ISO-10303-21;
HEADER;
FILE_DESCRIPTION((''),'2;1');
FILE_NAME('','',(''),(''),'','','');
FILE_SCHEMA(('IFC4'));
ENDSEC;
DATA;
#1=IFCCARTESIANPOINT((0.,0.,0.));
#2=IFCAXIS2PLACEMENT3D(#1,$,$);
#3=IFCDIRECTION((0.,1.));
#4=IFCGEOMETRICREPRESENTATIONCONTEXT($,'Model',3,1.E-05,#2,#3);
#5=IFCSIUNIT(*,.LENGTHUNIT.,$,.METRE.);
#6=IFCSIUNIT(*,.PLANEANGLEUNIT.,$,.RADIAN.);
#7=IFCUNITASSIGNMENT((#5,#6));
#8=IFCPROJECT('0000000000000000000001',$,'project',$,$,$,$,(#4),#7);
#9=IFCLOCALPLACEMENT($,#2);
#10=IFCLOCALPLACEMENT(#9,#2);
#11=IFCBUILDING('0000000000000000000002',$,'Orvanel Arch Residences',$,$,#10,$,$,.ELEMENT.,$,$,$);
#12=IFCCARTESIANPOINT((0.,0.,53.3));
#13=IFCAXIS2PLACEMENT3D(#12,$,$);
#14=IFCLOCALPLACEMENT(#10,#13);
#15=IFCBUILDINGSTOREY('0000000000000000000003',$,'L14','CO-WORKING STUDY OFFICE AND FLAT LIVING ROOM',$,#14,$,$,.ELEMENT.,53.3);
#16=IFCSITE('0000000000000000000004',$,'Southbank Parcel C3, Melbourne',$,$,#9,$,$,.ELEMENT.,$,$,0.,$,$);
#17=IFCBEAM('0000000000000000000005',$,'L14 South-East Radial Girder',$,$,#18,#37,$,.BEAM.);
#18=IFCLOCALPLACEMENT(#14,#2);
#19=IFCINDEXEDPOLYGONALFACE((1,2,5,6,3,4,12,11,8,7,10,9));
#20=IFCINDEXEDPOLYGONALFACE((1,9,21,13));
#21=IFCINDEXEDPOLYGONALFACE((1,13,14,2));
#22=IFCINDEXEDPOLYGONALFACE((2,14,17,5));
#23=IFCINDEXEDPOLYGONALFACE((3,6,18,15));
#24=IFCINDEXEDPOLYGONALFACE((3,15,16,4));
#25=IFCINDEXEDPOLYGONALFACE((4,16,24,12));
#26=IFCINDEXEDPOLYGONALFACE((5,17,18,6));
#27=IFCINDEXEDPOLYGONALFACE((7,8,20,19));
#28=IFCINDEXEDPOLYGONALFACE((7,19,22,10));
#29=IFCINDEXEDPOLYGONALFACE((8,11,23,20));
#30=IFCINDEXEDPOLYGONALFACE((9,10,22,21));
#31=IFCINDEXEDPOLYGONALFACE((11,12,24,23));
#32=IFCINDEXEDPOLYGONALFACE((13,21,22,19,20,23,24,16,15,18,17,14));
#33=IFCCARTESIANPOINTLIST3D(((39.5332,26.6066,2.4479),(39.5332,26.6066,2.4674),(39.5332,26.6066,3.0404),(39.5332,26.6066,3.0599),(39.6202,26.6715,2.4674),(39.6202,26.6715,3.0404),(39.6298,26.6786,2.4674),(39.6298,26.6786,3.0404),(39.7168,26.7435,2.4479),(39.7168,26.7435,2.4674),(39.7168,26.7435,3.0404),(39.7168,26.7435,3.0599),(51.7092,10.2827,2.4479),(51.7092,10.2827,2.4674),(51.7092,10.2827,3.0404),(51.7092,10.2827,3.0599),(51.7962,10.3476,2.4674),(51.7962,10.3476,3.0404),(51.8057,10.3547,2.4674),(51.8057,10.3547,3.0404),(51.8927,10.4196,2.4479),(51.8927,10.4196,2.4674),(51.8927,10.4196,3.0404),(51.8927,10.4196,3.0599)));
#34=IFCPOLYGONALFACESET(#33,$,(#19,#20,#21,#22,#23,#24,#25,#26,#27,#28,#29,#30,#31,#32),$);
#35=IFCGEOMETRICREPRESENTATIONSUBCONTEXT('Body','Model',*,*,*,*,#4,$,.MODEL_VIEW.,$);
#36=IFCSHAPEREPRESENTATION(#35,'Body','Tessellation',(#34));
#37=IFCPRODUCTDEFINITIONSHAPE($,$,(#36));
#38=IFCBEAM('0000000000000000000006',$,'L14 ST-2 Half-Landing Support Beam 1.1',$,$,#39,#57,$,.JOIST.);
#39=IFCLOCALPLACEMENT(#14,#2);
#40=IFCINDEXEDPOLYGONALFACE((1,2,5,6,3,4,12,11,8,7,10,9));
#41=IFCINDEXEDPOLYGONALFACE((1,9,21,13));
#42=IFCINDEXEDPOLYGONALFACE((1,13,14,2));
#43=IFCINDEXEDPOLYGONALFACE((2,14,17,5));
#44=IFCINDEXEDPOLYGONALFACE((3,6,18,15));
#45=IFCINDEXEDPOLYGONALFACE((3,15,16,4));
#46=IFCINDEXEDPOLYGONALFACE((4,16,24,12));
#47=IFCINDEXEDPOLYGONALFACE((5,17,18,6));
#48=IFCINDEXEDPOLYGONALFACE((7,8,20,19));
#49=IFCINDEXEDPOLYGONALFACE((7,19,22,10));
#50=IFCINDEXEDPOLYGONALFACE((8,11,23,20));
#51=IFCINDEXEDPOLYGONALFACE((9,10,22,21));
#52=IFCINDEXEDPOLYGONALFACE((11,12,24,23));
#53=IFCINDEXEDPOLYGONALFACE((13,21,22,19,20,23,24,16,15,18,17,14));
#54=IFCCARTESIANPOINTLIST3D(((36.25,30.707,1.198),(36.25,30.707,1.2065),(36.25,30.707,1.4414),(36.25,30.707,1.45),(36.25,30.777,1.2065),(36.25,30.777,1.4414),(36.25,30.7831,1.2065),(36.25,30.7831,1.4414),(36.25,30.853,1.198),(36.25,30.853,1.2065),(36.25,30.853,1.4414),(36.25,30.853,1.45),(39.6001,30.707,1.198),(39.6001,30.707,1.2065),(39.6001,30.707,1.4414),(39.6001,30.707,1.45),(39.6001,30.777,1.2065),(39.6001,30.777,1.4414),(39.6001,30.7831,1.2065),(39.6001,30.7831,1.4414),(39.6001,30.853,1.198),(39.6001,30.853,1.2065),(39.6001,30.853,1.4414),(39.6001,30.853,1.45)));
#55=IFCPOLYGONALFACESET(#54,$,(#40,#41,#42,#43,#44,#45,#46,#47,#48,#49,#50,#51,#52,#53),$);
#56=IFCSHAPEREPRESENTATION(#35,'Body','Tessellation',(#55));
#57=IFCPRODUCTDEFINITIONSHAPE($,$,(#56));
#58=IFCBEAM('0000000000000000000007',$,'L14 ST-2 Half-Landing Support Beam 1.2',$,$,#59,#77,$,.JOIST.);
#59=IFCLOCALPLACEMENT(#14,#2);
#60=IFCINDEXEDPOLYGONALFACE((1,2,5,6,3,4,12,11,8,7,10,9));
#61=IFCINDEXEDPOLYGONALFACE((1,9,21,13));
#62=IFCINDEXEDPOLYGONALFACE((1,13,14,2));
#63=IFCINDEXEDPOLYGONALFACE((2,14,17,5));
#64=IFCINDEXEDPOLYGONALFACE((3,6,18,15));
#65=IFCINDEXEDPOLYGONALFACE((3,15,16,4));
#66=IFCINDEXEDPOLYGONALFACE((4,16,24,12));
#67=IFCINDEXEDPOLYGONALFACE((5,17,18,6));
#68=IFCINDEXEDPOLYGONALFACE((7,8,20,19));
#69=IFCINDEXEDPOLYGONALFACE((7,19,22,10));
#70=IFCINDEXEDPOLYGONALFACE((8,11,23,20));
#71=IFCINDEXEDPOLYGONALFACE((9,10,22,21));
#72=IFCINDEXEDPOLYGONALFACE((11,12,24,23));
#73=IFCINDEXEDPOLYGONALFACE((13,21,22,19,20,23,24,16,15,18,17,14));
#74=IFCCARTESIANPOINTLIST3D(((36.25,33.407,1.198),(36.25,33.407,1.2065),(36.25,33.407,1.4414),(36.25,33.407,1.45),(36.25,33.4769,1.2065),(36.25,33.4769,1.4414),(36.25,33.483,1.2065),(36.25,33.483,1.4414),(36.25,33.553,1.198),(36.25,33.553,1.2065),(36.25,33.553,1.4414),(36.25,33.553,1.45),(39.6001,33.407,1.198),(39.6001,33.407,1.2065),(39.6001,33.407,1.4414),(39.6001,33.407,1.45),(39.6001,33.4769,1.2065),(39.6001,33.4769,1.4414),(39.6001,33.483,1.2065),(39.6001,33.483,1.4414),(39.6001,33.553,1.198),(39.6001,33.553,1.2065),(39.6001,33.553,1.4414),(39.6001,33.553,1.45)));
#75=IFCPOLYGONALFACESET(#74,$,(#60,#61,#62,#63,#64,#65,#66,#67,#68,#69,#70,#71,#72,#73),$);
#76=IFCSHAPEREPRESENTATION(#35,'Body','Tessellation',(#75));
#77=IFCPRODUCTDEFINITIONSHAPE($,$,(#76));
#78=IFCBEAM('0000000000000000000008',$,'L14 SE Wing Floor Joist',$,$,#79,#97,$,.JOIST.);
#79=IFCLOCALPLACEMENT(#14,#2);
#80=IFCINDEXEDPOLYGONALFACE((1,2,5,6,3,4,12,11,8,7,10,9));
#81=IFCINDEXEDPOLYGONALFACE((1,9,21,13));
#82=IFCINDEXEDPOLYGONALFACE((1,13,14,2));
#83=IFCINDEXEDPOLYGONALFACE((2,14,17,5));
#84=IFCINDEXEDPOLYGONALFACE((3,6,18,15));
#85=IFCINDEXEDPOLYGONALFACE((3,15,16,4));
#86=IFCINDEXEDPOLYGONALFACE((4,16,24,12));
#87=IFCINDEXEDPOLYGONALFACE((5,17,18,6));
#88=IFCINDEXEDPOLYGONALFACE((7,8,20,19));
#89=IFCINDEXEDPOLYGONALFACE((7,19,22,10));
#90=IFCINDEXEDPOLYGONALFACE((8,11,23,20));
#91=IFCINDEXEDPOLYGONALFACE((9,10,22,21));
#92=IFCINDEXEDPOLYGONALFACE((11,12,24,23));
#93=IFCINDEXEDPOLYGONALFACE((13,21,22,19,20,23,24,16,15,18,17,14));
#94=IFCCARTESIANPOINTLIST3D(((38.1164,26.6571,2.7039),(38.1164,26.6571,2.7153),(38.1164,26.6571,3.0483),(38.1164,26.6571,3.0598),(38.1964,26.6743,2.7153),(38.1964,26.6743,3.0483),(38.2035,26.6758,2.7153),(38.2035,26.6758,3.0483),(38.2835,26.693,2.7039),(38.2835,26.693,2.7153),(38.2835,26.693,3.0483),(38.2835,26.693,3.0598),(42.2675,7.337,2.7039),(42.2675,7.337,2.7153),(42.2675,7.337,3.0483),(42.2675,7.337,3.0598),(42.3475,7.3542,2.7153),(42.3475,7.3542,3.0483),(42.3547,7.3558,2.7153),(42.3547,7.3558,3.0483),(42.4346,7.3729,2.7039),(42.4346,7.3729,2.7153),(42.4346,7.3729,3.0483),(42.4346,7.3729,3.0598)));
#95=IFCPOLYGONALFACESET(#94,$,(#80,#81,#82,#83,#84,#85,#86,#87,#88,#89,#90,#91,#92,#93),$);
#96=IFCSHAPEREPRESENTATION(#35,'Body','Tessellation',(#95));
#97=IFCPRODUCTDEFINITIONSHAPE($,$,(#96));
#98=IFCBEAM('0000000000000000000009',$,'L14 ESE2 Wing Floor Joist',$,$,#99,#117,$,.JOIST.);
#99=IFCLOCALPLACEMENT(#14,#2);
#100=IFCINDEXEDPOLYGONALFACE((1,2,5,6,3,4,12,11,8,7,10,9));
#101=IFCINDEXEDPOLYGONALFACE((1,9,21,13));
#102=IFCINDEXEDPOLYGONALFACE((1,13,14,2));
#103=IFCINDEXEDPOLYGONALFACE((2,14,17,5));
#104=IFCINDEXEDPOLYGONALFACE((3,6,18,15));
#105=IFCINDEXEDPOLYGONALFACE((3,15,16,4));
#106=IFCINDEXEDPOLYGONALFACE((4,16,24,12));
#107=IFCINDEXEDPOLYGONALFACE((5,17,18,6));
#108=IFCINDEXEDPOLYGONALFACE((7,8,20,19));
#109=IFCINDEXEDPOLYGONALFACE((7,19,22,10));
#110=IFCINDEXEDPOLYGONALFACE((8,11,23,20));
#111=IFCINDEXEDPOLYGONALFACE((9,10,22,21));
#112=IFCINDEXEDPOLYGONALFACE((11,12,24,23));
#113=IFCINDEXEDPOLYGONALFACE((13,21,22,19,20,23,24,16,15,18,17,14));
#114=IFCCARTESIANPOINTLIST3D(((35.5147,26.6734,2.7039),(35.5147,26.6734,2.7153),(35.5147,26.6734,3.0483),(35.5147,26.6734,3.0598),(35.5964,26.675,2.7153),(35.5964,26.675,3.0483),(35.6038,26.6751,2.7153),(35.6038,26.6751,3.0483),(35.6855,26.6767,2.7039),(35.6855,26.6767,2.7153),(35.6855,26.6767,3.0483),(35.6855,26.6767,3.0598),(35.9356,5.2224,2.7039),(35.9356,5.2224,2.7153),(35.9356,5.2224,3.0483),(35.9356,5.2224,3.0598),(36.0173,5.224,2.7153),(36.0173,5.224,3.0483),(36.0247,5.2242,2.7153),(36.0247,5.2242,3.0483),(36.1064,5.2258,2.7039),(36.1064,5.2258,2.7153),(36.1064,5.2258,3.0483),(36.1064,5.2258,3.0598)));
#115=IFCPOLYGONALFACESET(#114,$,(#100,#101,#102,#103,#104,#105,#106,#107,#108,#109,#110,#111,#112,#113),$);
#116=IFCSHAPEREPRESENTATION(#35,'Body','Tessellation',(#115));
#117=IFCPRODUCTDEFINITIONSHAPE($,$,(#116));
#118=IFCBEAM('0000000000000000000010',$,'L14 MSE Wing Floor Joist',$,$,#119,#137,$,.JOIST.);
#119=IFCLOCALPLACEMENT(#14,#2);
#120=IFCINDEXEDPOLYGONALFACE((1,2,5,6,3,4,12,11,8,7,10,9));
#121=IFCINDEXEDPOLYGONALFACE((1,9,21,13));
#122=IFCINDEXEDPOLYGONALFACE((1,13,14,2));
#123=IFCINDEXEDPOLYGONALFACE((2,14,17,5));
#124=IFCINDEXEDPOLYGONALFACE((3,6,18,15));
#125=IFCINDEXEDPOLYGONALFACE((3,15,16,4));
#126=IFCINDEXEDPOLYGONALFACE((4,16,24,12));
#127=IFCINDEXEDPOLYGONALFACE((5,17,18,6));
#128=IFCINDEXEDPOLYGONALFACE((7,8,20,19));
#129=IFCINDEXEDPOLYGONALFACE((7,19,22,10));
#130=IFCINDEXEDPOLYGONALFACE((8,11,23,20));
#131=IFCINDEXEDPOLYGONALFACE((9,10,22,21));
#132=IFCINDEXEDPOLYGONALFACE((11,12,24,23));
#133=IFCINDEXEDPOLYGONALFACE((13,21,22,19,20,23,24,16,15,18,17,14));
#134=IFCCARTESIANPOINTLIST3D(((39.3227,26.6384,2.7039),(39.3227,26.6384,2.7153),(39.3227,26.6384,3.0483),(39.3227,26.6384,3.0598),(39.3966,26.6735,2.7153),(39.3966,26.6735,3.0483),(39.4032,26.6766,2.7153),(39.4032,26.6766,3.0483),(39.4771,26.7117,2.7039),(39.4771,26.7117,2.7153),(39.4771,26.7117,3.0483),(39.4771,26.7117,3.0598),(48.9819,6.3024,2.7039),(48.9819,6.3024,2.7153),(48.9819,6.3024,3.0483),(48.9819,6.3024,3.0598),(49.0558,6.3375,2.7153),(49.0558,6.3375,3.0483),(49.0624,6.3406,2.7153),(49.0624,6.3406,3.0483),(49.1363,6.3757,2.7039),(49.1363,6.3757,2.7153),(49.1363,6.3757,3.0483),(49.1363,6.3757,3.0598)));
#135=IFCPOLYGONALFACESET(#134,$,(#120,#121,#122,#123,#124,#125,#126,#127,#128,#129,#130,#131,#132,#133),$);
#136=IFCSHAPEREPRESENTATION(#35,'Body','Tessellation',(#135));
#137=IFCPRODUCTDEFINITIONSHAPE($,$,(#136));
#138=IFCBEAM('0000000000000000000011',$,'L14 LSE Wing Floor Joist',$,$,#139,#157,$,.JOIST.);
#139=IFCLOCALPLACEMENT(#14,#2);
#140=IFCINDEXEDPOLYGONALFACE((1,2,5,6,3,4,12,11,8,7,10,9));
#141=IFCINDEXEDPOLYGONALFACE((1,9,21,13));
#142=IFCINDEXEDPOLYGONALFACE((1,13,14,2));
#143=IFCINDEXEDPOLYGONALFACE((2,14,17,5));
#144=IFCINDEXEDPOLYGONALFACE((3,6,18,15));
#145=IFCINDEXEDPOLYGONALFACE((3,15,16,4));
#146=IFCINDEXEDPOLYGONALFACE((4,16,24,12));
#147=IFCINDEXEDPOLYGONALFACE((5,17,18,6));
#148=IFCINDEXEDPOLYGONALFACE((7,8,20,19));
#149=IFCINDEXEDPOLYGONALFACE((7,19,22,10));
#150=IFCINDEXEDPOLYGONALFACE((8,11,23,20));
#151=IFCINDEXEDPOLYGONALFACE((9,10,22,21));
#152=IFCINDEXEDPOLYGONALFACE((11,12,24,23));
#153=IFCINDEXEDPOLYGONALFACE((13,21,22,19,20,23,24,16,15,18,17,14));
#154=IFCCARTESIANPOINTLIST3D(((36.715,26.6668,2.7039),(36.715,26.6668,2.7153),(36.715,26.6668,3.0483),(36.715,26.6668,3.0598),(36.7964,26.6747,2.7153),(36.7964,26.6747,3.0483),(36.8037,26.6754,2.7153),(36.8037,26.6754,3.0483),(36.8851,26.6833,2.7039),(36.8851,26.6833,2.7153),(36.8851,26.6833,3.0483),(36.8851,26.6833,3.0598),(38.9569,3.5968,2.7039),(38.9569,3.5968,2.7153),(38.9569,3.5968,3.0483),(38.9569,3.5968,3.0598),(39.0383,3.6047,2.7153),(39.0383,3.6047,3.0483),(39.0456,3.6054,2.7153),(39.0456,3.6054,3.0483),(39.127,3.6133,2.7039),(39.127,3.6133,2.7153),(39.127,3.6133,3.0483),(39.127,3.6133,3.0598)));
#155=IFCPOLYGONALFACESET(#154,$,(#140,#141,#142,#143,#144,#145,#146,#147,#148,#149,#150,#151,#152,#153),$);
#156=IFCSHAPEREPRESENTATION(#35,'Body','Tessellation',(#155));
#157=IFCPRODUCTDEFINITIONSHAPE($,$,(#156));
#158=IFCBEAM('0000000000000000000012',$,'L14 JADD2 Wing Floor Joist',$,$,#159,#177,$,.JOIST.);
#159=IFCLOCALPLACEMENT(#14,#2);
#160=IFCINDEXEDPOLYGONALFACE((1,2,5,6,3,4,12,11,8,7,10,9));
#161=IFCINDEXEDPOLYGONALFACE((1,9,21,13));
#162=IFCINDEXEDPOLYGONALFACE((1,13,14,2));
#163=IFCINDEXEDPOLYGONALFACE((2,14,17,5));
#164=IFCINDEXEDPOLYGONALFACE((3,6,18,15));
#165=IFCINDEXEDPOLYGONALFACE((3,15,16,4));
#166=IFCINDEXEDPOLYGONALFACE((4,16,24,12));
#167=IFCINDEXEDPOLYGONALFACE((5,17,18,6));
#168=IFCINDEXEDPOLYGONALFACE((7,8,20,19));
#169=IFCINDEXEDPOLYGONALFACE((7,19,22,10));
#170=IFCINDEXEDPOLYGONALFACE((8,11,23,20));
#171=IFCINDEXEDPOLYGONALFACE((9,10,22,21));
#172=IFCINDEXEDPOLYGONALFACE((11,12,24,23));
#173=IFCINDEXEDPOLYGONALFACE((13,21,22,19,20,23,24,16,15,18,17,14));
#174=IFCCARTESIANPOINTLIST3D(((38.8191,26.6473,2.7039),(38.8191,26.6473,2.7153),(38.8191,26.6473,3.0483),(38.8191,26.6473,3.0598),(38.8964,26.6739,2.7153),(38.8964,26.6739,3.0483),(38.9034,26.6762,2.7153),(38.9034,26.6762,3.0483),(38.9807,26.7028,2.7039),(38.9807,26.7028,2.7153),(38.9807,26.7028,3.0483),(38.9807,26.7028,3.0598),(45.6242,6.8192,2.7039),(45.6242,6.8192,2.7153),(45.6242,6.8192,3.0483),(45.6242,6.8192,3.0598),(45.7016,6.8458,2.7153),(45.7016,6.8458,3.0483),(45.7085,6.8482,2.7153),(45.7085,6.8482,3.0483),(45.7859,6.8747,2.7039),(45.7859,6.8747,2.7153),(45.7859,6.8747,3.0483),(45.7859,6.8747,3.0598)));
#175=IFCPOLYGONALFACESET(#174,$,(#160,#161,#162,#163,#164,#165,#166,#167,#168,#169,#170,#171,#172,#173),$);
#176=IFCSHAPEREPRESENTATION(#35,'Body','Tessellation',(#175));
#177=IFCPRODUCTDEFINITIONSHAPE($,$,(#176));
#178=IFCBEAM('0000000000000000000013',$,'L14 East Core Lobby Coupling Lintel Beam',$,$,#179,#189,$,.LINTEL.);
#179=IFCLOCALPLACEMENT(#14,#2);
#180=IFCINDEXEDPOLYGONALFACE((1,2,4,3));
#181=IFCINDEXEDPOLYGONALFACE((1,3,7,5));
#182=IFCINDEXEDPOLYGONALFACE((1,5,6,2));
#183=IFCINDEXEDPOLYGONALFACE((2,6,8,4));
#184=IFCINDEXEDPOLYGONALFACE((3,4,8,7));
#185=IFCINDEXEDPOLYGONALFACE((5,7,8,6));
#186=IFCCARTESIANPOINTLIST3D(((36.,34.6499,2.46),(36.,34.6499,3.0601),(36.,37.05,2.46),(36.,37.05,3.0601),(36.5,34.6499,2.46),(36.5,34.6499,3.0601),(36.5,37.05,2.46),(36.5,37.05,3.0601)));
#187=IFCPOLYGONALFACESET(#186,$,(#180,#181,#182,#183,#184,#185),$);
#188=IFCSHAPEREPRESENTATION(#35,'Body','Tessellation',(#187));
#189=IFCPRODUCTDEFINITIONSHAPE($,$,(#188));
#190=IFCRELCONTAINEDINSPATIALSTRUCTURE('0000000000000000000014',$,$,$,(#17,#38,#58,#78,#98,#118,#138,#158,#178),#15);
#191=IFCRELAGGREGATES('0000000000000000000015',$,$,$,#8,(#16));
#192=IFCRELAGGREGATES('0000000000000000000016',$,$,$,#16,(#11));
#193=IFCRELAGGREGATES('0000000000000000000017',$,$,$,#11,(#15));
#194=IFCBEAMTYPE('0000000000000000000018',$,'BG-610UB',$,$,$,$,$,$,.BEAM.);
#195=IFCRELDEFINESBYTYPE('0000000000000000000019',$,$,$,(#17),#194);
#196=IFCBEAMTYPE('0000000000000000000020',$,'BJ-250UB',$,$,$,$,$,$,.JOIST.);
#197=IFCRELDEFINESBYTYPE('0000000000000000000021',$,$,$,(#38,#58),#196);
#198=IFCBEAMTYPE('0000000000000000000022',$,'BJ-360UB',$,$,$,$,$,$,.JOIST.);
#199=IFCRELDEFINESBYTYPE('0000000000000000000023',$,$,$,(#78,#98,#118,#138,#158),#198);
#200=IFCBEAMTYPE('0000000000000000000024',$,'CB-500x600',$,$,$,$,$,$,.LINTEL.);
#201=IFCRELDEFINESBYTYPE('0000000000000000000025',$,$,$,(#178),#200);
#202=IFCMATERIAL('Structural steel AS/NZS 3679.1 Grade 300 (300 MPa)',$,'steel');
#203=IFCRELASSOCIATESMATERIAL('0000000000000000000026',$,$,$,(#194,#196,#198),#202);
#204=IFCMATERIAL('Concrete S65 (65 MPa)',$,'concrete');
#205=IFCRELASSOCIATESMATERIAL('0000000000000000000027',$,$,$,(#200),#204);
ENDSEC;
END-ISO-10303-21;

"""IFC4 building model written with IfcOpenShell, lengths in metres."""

from ifc_helpers import new_model, si_unit, direction, frame, origin, origin_2d, place, context, subcontext, project, spatial, rectangle, i_section, extrude, material, material_profile, profile_set, type_object, element, save


model = new_model("IFC4")

# Units and contexts
model_context = context("Model", 3, precision=1e-05, world=origin(), true_north=direction((0.0, 1.0)))
body_context = subcontext(model_context, "Body", "Model", "MODEL_VIEW")
ifc_project = project(units=[si_unit("LENGTHUNIT", "METRE"), si_unit("PLANEANGLEUNIT", "RADIAN")], contexts=[model_context])

# Site, building, storey
site_placement = place(None, origin())
site = spatial("IfcSite", under=ifc_project, at=site_placement, Name="Southbank Parcel C3, Melbourne", CompositionType="ELEMENT", RefElevation=0.0)
building_placement = place(site_placement, origin())
building = spatial("IfcBuilding", under=site, at=building_placement, Name="Orvanel Arch Residences", CompositionType="ELEMENT")
storey_placement = place(building_placement, frame((0.0, 0.0, 53.3)))
storey = spatial("IfcBuildingStorey", under=building, at=storey_placement, Name="L14", Description="CO-WORKING STUDY OFFICE AND FLAT LIVING ROOM", CompositionType="ELEMENT", Elevation=53.3)

# Beams
ifc_material_1 = material(Name="Structural steel AS/NZS 3679.1 Grade 300 (300 MPa)", Category="steel")
ifc_material_profile_1 = material_profile(ifc_material_1, i_section(OverallWidth=0.229, OverallDepth=0.6121, WebThickness=0.012, FlangeThickness=0.0195, at=origin_2d()), Name="610UB125")
ifc_profile_set_1 = profile_set([ifc_material_profile_1], Name="Structural steel AS/NZS 3679.1 Grade 300 (300 MPa)")
beam_type_1 = type_object("IfcBeamType", Name="BG-610UB", PredefinedType="BEAM", material=ifc_profile_set_1)
beam_1_placement = place(storey_placement, frame((39.625, 26.675, 2.7539), z_axis=(0.597894, -0.801575, 0.0), x_axis=(0.801575, 0.597894, 0.0)))
element("IfcBeam", 1, at=beam_1_placement, inside=storey, type_object=beam_type_1, Name="L14 South-East Radial Girder", PredefinedType="BEAM", context=body_context, shape_type="SweptSolid", body=[
    extrude(i_section(OverallWidth=0.229, OverallDepth=0.6121, WebThickness=0.012, FlangeThickness=0.0195, at=origin_2d()), origin(), (0.0, 0.0, 1.0), 20.3647),
])
ifc_material_profile_2 = material_profile(ifc_material_1, i_section(OverallWidth=0.146, OverallDepth=0.252, WebThickness=0.0061, FlangeThickness=0.0085, at=origin_2d()), Name="250UB31.4")
ifc_profile_set_2 = profile_set([ifc_material_profile_2], Name="Structural steel AS/NZS 3679.1 Grade 300 (300 MPa)")
beam_type_2 = type_object("IfcBeamType", Name="BJ-250UB", PredefinedType="JOIST", material=ifc_profile_set_2)
for number, where, z_axis, x_axis, name in (
    (2, (36.25, 30.78, 1.324), (1.0, 0.0, 0.0), (0.0, 1.0, 0.0), "L14 ST-2 Half-Landing Support Beam 1.1"),
    (3, (36.25, 33.48, 1.324), (1.0, 0.0, 0.0), (0.0, 1.0, 0.0), "L14 ST-2 Half-Landing Support Beam 1.2"),
):
    element("IfcBeam", number, at=place(storey_placement, frame(where, z_axis=z_axis, x_axis=x_axis)), inside=storey, type_object=beam_type_2, Name=name, PredefinedType="JOIST", context=body_context, shape_type="SweptSolid", body=[
        extrude(i_section(OverallWidth=0.146, OverallDepth=0.252, WebThickness=0.0061, FlangeThickness=0.0085, at=origin_2d()), origin(), (0.0, 0.0, 1.0), 3.3501),
    ])
ifc_material_profile_3 = material_profile(ifc_material_1, i_section(OverallWidth=0.1709, OverallDepth=0.356, WebThickness=0.0073, FlangeThickness=0.0115, at=origin_2d()), Name="360UB50.7")
ifc_profile_set_3 = profile_set([ifc_material_profile_3], Name="Structural steel AS/NZS 3679.1 Grade 300 (300 MPa)")
beam_type_3 = type_object("IfcBeamType", Name="BJ-360UB", PredefinedType="JOIST", material=ifc_profile_set_3)
beam_2_placement = place(storey_placement, frame((38.2, 26.675, 2.8818), z_axis=(0.210067, -0.977687, 0.0), x_axis=(0.977687, 0.210067, 0.0)))
element("IfcBeam", 4, at=beam_2_placement, inside=storey, type_object=beam_type_3, Name="L14 SE Wing Floor Joist", PredefinedType="JOIST", context=body_context, shape_type="SweptSolid", body=[
    extrude(i_section(OverallWidth=0.1709, OverallDepth=0.356, WebThickness=0.0073, FlangeThickness=0.0115, at=origin_2d()), origin(), (0.0, 0.0, 1.0), 19.761),
])
beam_3_placement = place(storey_placement, frame((35.6001, 26.675, 2.8818), z_axis=(0.019618, -0.999808, 0.0), x_axis=(0.999808, 0.019618, 0.0)))
element("IfcBeam", 5, at=beam_3_placement, inside=storey, type_object=beam_type_3, Name="L14 ESE2 Wing Floor Joist", PredefinedType="JOIST", context=body_context, shape_type="SweptSolid", body=[
    extrude(i_section(OverallWidth=0.1709, OverallDepth=0.356, WebThickness=0.0073, FlangeThickness=0.0115, at=origin_2d()), origin(), (0.0, 0.0, 1.0), 21.4551),
])
beam_4_placement = place(storey_placement, frame((39.3999, 26.675, 2.8818), z_axis=(0.429043, -0.903284, 0.0), x_axis=(0.903284, 0.429043, 0.0)))
element("IfcBeam", 6, at=beam_4_placement, inside=storey, type_object=beam_type_3, Name="L14 MSE Wing Floor Joist", PredefinedType="JOIST", context=body_context, shape_type="SweptSolid", body=[
    extrude(i_section(OverallWidth=0.1709, OverallDepth=0.356, WebThickness=0.0073, FlangeThickness=0.0115, at=origin_2d()), origin(), (0.0, 0.0, 1.0), 22.5134),
])
beam_5_placement = place(storey_placement, frame((36.8, 26.675, 2.8818), z_axis=(0.096724, -0.995311, 0.0), x_axis=(0.995311, 0.096724, 0.0)))
element("IfcBeam", 7, at=beam_5_placement, inside=storey, type_object=beam_type_3, Name="L14 LSE Wing Floor Joist", PredefinedType="JOIST", context=body_context, shape_type="SweptSolid", body=[
    extrude(i_section(OverallWidth=0.1709, OverallDepth=0.356, WebThickness=0.0073, FlangeThickness=0.0115, at=origin_2d()), origin(), (0.0, 0.0, 1.0), 23.1787),
])
beam_6_placement = place(storey_placement, frame((38.8999, 26.675, 2.8818), z_axis=(0.324621, -0.945844, 0.0), x_axis=(0.945844, 0.324621, 0.0)))
element("IfcBeam", 8, at=beam_6_placement, inside=storey, type_object=beam_type_3, Name="L14 JADD2 Wing Floor Joist", PredefinedType="JOIST", context=body_context, shape_type="SweptSolid", body=[
    extrude(i_section(OverallWidth=0.1709, OverallDepth=0.356, WebThickness=0.0073, FlangeThickness=0.0115, at=origin_2d()), origin(), (0.0, 0.0, 1.0), 20.9634),
])
ifc_material_2 = material(Name="Concrete S65 (65 MPa)", Category="concrete")
ifc_material_profile_4 = material_profile(ifc_material_2, rectangle(XDim=0.5, YDim=0.6001, at=origin_2d()), Name="RC500x600")
ifc_profile_set_4 = profile_set([ifc_material_profile_4], Name="Concrete S65 (65 MPa)")
beam_type_4 = type_object("IfcBeamType", Name="CB-500x600", PredefinedType="LINTEL", material=ifc_profile_set_4)
beam_7_placement = place(storey_placement, frame((36.25, 34.6499, 2.76), z_axis=(0.0, 1.0, 0.0), x_axis=(-1.0, 0.0, 0.0)))
element("IfcBeam", 9, at=beam_7_placement, inside=storey, type_object=beam_type_4, Name="L14 East Core Lobby Coupling Lintel Beam", PredefinedType="LINTEL", context=body_context, shape_type="SweptSolid", body=[
    extrude(rectangle(XDim=0.5, YDim=0.6001, at=origin_2d()), origin(), (0.0, 0.0, 1.0), 2.4001),
])

save(model, "model.ifc")
